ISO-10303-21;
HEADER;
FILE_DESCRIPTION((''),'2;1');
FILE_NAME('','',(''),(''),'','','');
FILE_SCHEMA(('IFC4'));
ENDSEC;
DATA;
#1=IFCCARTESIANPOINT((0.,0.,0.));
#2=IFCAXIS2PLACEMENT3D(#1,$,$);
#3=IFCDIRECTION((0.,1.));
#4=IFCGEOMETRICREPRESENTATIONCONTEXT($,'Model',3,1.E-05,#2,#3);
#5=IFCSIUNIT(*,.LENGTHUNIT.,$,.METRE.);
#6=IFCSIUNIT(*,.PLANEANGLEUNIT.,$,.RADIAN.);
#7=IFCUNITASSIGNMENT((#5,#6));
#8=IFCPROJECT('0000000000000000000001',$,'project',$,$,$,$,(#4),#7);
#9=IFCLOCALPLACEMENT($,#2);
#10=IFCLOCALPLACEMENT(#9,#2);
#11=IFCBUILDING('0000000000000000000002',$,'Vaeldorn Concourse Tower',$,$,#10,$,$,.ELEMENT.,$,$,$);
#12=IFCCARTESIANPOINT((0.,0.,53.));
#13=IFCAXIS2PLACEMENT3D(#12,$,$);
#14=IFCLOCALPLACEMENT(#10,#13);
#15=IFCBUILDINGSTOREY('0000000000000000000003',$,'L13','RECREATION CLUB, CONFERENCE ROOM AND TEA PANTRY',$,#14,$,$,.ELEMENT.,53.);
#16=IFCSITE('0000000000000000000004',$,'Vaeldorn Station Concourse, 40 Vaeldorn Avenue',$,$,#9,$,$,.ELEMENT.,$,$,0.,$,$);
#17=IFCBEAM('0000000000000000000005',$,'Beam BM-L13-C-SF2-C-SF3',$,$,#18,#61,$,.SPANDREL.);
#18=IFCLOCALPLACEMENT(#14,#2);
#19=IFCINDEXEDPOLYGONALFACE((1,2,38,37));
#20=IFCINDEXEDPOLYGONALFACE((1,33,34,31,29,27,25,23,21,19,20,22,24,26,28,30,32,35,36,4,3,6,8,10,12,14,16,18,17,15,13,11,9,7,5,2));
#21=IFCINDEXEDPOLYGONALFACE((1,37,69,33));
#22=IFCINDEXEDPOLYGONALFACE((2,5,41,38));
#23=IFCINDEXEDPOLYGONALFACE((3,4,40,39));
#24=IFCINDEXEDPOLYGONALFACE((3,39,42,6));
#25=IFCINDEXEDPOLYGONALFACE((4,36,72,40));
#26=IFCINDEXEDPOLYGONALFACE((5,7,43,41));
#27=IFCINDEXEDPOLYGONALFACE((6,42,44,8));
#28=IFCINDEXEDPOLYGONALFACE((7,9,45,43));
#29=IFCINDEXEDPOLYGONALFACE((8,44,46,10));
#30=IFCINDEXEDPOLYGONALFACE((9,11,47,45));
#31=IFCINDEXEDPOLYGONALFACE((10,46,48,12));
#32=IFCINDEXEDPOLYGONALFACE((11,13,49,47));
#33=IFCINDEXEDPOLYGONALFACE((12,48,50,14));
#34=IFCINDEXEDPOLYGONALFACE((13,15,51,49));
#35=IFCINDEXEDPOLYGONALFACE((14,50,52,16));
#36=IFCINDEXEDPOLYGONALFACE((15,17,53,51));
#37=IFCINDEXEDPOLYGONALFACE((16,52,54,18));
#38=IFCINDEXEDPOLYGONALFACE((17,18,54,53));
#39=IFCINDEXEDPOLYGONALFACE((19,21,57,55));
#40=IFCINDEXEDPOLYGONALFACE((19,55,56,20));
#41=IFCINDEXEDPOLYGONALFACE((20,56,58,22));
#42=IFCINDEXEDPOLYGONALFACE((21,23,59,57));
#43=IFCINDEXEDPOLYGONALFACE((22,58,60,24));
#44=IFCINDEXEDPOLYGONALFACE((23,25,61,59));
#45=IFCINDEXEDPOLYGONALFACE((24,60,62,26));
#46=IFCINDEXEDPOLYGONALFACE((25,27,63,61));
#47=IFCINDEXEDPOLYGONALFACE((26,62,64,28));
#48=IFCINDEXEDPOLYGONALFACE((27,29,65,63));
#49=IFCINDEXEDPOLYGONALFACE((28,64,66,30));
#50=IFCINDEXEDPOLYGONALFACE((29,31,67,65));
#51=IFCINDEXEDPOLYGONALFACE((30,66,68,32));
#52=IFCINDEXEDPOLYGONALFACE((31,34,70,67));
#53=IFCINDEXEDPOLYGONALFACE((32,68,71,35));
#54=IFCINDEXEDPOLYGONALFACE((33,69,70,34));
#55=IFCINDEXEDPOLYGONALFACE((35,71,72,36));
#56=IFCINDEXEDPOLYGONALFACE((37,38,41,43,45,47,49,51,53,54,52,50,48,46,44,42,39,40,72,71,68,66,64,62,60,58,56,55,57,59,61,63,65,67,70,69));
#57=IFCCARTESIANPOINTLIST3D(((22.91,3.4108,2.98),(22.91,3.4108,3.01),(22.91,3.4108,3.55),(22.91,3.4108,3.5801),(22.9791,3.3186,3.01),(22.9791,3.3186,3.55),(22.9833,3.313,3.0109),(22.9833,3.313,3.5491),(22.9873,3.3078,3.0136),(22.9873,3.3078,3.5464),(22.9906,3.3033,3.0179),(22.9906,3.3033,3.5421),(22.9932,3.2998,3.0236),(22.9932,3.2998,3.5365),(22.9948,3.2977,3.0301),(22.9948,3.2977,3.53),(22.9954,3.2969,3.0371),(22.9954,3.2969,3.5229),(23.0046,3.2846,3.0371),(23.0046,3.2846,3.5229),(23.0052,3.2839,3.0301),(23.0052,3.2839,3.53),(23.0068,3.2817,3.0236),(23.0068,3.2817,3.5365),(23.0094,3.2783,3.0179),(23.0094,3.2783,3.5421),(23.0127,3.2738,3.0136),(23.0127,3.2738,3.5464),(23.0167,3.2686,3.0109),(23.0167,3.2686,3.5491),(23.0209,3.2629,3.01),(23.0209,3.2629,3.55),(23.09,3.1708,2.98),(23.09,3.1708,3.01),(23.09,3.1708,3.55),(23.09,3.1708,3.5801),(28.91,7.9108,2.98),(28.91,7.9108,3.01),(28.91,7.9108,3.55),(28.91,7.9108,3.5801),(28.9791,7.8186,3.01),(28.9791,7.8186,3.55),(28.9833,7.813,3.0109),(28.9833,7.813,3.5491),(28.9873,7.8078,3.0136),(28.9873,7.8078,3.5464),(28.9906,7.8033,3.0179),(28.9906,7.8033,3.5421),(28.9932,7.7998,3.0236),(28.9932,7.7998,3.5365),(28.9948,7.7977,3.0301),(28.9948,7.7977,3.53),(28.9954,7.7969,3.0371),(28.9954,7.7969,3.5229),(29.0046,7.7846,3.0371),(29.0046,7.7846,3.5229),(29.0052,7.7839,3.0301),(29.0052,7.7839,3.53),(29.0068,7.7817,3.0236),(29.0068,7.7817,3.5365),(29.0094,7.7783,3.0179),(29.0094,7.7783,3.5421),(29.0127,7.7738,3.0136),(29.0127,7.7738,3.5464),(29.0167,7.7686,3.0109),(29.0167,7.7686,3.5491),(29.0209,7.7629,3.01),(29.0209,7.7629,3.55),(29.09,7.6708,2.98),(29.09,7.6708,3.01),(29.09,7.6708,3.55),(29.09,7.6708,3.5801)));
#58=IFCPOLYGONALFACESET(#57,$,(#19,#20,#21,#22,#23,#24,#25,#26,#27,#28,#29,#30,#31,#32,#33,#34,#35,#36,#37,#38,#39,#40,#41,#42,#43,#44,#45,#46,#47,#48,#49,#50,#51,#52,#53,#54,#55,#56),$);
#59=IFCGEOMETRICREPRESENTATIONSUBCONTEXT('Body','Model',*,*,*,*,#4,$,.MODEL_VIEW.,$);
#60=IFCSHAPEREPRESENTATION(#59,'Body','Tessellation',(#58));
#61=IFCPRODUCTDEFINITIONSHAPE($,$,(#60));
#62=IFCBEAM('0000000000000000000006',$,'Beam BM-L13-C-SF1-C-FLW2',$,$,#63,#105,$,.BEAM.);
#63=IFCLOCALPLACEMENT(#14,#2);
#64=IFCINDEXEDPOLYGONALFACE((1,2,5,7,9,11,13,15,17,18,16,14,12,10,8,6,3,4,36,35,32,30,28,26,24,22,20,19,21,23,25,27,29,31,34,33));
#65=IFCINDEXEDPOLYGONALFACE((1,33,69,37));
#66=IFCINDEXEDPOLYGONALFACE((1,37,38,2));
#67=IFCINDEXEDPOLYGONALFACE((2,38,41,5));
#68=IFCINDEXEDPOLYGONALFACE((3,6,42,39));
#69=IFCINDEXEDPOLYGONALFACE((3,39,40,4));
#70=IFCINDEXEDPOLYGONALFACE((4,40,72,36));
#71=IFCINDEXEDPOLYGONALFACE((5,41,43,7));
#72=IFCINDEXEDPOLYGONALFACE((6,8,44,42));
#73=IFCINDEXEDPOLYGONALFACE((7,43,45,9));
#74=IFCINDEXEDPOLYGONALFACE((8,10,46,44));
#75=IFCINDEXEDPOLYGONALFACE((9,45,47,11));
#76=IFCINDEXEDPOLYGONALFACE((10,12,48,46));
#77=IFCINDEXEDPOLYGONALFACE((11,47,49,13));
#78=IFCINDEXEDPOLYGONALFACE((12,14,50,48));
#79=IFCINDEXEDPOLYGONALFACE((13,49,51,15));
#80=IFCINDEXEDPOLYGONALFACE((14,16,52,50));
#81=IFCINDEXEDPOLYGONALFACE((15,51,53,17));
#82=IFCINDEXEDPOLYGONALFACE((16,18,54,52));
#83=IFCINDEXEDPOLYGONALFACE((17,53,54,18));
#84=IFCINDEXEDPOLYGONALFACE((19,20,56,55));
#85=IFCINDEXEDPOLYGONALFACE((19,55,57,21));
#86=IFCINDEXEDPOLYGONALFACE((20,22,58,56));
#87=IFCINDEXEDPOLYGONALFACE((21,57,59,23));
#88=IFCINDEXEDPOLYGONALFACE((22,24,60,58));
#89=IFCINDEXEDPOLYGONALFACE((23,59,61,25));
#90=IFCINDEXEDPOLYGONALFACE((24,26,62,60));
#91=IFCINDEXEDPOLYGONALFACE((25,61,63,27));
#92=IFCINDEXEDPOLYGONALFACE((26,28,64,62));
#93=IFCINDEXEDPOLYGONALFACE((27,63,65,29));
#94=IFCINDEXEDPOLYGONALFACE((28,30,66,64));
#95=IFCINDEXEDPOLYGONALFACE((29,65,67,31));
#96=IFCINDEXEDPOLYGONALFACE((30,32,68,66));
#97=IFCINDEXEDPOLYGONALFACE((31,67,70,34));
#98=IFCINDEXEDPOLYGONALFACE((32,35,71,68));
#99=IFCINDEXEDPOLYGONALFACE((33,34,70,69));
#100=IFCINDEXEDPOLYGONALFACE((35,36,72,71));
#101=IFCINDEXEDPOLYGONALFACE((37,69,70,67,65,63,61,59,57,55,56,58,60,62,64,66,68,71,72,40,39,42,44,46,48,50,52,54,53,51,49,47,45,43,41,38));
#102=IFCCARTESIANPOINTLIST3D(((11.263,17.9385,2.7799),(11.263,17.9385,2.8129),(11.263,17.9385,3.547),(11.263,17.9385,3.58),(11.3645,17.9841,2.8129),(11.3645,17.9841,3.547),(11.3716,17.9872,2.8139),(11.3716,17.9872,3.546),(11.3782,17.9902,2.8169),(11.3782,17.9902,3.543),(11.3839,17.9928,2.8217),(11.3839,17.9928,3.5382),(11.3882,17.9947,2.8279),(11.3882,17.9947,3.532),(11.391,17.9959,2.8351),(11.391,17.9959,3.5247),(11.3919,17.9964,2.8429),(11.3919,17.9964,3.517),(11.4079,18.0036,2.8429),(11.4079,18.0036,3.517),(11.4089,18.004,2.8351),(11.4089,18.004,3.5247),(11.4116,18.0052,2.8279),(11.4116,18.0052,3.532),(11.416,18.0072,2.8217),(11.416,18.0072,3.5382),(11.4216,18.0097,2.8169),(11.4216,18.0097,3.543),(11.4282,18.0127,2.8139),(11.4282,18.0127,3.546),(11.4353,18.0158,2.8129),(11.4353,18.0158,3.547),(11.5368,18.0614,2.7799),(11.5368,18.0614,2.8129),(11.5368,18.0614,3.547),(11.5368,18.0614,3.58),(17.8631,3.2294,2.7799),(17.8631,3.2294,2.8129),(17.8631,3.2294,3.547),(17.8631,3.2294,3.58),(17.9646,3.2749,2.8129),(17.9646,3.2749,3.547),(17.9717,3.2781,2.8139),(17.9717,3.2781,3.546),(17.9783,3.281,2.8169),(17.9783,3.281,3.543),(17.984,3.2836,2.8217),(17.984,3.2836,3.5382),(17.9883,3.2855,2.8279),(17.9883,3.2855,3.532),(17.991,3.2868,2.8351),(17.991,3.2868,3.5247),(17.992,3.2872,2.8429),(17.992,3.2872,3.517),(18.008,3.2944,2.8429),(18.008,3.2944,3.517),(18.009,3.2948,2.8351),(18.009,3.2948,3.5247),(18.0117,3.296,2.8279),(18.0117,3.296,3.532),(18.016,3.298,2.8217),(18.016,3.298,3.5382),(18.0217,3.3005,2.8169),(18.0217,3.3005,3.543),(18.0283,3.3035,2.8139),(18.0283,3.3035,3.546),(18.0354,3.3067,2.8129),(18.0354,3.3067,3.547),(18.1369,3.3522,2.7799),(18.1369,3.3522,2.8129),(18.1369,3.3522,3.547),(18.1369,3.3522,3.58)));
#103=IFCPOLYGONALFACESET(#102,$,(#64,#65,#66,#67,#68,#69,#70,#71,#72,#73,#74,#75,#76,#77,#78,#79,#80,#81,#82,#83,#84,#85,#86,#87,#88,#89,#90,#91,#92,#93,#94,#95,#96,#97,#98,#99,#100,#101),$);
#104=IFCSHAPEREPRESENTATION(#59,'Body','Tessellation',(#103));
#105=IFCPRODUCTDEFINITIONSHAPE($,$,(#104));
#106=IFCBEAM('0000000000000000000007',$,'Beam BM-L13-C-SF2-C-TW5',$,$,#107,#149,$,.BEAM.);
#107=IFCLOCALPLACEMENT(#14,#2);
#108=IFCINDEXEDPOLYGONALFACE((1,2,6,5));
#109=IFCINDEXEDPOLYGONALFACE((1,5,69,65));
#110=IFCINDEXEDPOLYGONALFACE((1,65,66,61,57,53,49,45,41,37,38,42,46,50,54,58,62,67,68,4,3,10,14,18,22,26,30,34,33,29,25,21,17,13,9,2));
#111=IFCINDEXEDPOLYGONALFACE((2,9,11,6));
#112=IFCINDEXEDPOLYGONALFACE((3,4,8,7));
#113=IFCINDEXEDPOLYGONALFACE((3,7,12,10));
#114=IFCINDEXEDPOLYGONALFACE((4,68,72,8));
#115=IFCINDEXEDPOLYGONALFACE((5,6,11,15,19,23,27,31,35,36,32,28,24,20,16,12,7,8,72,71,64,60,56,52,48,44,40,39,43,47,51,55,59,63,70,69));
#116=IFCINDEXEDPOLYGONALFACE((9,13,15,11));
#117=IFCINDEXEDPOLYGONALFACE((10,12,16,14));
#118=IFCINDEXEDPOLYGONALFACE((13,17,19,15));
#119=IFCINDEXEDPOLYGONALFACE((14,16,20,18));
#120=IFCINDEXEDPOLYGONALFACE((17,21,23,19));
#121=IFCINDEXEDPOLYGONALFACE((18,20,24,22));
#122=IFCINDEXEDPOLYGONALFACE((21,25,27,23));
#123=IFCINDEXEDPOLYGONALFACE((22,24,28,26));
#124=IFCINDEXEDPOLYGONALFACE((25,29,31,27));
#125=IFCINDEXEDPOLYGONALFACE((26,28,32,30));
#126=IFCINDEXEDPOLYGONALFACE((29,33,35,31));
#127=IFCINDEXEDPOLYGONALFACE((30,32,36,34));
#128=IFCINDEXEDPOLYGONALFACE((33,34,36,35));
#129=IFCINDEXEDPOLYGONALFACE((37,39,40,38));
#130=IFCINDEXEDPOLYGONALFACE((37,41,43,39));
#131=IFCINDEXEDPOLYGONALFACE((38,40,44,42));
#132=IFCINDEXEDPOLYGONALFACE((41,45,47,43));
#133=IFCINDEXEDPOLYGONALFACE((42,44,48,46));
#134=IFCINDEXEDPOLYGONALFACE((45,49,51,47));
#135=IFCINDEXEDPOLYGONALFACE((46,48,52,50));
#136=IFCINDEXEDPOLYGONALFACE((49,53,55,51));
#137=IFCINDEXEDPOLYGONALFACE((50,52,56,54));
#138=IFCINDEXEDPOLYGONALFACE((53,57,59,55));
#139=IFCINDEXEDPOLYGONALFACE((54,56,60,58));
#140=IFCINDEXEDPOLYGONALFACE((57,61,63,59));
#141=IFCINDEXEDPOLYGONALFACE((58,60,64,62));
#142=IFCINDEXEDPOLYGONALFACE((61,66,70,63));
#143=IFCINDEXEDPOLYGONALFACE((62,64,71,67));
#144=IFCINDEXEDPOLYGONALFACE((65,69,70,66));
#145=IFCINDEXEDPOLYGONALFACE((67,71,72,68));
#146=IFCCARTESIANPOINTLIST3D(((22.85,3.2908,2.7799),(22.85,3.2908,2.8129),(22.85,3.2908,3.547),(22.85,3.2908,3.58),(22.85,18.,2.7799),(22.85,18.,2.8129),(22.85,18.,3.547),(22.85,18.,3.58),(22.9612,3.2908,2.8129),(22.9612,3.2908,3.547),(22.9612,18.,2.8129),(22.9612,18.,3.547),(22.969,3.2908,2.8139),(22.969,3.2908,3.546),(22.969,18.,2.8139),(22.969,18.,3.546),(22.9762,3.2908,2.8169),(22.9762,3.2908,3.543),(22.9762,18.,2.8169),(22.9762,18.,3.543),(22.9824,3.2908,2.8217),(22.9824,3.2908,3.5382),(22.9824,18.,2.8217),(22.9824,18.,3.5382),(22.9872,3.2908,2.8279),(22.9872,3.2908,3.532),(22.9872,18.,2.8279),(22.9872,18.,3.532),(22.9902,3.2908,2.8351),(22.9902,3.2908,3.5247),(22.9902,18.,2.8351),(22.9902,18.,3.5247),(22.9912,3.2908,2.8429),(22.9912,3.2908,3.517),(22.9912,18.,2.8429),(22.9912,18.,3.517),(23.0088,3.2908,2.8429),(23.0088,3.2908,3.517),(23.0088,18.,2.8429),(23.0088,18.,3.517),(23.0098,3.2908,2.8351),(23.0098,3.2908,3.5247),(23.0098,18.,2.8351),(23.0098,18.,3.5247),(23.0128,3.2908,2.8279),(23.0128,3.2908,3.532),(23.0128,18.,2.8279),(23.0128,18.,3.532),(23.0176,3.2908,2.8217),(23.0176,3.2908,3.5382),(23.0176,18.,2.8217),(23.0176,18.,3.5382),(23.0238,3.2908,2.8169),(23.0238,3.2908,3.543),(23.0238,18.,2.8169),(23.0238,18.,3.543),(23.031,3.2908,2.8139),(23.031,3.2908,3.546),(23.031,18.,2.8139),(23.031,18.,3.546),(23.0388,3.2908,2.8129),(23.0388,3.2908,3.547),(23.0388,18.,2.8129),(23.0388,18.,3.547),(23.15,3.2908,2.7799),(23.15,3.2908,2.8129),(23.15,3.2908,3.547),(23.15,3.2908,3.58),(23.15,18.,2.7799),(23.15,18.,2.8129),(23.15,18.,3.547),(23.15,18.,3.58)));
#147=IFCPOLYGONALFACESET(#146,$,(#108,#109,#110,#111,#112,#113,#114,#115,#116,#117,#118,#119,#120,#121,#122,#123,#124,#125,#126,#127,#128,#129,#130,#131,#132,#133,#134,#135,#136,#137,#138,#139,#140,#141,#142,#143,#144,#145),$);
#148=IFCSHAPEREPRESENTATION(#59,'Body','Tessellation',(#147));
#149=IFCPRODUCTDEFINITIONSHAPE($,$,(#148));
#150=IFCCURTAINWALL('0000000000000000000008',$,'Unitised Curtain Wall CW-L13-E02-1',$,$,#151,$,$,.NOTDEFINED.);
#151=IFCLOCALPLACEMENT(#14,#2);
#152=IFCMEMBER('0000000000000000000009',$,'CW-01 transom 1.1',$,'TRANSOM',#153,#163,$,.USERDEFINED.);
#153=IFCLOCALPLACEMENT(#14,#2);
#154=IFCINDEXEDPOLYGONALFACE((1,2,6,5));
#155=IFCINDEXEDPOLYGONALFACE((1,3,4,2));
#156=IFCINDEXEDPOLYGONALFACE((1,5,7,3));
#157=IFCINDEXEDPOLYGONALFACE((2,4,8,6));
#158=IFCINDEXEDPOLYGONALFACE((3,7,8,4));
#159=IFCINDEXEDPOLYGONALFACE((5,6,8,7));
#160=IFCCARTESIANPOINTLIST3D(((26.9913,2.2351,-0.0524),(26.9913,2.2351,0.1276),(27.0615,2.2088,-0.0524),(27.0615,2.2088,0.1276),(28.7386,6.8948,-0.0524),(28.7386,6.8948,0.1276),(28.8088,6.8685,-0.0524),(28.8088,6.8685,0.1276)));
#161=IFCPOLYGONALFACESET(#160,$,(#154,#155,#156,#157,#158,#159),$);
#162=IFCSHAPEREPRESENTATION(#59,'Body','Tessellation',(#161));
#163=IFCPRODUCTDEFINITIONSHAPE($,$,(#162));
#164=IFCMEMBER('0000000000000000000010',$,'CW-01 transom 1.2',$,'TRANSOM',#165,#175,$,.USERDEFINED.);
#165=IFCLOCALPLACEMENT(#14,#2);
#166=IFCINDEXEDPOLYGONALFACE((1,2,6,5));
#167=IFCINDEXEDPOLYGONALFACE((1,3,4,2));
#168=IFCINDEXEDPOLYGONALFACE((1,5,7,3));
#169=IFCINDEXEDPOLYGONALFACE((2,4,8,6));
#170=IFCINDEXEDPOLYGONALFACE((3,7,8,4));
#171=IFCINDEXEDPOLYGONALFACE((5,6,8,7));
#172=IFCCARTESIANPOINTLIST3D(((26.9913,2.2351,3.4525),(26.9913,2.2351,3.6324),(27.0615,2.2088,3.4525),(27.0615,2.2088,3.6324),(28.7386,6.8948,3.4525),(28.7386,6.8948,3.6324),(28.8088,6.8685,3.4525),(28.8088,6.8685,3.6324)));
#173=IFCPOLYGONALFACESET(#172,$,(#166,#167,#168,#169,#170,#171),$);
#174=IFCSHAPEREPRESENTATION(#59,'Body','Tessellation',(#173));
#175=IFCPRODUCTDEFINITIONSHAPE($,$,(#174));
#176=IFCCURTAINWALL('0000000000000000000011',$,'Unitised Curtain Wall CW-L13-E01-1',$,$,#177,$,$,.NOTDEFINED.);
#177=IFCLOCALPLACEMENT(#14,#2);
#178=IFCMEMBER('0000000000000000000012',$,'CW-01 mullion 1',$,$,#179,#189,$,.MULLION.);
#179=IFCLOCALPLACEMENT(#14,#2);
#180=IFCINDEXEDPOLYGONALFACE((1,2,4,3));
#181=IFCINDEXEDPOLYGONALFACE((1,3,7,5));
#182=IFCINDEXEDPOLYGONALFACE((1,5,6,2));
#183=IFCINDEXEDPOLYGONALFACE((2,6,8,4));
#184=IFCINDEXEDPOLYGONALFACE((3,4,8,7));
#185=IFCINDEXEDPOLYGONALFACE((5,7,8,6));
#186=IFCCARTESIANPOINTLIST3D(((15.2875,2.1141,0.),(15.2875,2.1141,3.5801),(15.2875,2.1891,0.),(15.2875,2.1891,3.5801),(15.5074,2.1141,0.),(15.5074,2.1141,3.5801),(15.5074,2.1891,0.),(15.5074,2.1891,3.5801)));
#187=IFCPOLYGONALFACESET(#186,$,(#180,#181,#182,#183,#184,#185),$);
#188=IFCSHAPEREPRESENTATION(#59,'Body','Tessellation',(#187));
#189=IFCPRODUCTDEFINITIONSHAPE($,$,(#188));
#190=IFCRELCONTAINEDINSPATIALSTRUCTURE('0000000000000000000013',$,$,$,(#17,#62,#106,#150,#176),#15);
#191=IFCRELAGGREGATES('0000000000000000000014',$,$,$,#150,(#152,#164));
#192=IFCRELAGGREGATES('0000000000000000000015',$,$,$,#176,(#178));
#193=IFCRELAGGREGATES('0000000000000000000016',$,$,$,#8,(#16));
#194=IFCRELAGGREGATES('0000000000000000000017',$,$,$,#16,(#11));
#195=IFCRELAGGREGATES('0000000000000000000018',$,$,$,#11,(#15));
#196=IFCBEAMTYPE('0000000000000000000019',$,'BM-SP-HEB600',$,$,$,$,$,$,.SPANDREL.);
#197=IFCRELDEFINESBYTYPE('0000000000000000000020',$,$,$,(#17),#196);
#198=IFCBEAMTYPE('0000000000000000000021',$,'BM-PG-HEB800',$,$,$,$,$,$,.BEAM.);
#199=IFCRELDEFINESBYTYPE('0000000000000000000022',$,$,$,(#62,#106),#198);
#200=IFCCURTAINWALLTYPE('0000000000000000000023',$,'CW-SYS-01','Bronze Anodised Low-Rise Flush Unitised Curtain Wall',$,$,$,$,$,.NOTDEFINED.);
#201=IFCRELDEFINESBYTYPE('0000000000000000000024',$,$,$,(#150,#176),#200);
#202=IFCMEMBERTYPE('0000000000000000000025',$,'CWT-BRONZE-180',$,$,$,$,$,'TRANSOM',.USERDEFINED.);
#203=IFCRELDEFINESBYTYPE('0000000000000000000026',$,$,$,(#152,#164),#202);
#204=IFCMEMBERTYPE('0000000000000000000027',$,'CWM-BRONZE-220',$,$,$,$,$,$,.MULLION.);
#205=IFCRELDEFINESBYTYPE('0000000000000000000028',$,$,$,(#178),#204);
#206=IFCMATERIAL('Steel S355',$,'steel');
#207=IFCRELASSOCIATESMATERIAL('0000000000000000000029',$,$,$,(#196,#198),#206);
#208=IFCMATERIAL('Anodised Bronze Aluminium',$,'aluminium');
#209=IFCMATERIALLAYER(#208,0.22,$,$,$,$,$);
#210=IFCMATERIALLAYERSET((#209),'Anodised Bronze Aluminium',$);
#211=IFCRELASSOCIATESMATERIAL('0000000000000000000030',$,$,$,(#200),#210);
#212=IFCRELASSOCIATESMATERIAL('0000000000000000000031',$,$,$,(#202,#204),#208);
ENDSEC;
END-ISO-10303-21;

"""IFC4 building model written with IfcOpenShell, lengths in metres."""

from ifc_helpers import new_model, si_unit, direction, frame, origin, origin_2d, place, context, subcontext, project, spatial, rectangle, i_section, extrude, source, transform, mapped, material, layer, layer_set, material_profile, profile_set, type_object, element, aggregate, save


model = new_model("IFC4")

# Units and contexts
model_context = context("Model", 3, precision=1e-05, world=origin(), true_north=direction((0.0, 1.0)))
body_context = subcontext(model_context, "Body", "Model", "MODEL_VIEW")
ifc_project = project(units=[si_unit("LENGTHUNIT", "METRE"), si_unit("PLANEANGLEUNIT", "RADIAN")], contexts=[model_context])

# Site, building, storey
site_placement = place(None, origin())
site = spatial("IfcSite", under=ifc_project, at=site_placement, Name="Vaeldorn Station Concourse, 40 Vaeldorn Avenue", CompositionType="ELEMENT", RefElevation=0.0)
building_placement = place(site_placement, origin())
building = spatial("IfcBuilding", under=site, at=building_placement, Name="Vaeldorn Concourse Tower", CompositionType="ELEMENT")
storey_placement = place(building_placement, frame((0.0, 0.0, 53.0)))
storey = spatial("IfcBuildingStorey", under=building, at=storey_placement, Name="L13", Description="RECREATION CLUB, CONFERENCE ROOM AND TEA PANTRY", CompositionType="ELEMENT", Elevation=53.0)

# Beams
ifc_material_1 = material(Name="Steel S355", Category="steel")
ifc_material_profile_1 = material_profile(ifc_material_1, i_section(OverallWidth=0.3, OverallDepth=0.6001, WebThickness=0.0154, FlangeThickness=0.03, FilletRadius=0.0271, at=origin_2d()), Name="HEB 600")
ifc_profile_set_1 = profile_set([ifc_material_profile_1], Name="Steel S355")
beam_type_1 = type_object("IfcBeamType", Name="BM-SP-HEB600", PredefinedType="SPANDREL", material=ifc_profile_set_1)
shared_shape_1 = source(origin(), body_context, "Body", "SweptSolid", [
    extrude(i_section(OverallWidth=0.3, OverallDepth=0.6001, WebThickness=0.0154, FlangeThickness=0.03, FilletRadius=0.0271, at=origin_2d()), origin(), (0.0, 0.0, 1.0), 7.5),
])
beam_1_placement = place(storey_placement, frame((23.0, 3.2908, 3.28), z_axis=(0.8, 0.6, 0.0), x_axis=(-0.6, 0.8, 0.0)))
element("IfcBeam", 1, at=beam_1_placement, inside=storey, type_object=beam_type_1, Name="Beam BM-L13-C-SF2-C-SF3", PredefinedType="SPANDREL", context=body_context, shape_type="MappedRepresentation", body=[
    mapped(shared_shape_1, transform((0.0, 0.0, 0.0), scale=1.0)),
])
ifc_material_profile_2 = material_profile(ifc_material_1, i_section(OverallWidth=0.3, OverallDepth=0.8, WebThickness=0.0176, FlangeThickness=0.033, FilletRadius=0.03, at=origin_2d()), Name="HEB 800")
ifc_profile_set_2 = profile_set([ifc_material_profile_2], Name="Steel S355")
beam_type_2 = type_object("IfcBeamType", Name="BM-PG-HEB800", PredefinedType="BEAM", material=ifc_profile_set_2)
shared_shape_2 = source(origin(), body_context, "Body", "SweptSolid", [
    extrude(i_section(OverallWidth=0.3, OverallDepth=0.8, WebThickness=0.0176, FlangeThickness=0.033, FilletRadius=0.03, at=origin_2d()), origin(), (0.0, 0.0, 1.0), 16.1221),
])
beam_2_placement = place(storey_placement, frame((18.0, 3.2908, 3.1799), z_axis=(-0.409382, 0.912363, 0.0), x_axis=(-0.912363, -0.409382, 0.0)))
element("IfcBeam", 2, at=beam_2_placement, inside=storey, type_object=beam_type_2, Name="Beam BM-L13-C-SF1-C-FLW2", PredefinedType="BEAM", context=body_context, shape_type="MappedRepresentation", body=[
    mapped(shared_shape_2, transform((0.0, 0.0, 0.0), scale=1.0)),
])
shared_shape_3 = source(origin(), body_context, "Body", "SweptSolid", [
    extrude(i_section(OverallWidth=0.3, OverallDepth=0.8, WebThickness=0.0176, FlangeThickness=0.033, FilletRadius=0.03, at=origin_2d()), origin(), (0.0, 0.0, 1.0), 14.7092),
])
beam_3_placement = place(storey_placement, frame((23.0, 3.2908, 3.1799), z_axis=(0.0, 1.0, 0.0), x_axis=(-1.0, 0.0, 0.0)))
element("IfcBeam", 3, at=beam_3_placement, inside=storey, type_object=beam_type_2, Name="Beam BM-L13-C-SF2-C-TW5", PredefinedType="BEAM", context=body_context, shape_type="MappedRepresentation", body=[
    mapped(shared_shape_3, transform((0.0, 0.0, 0.0), scale=1.0)),
])

# Curtain walls, members
ifc_material_2 = material(Name="Anodised Bronze Aluminium", Category="aluminium")
ifc_layer_1 = layer(ifc_material_2, 0.22)
ifc_layer_set_1 = layer_set([ifc_layer_1], Name="Anodised Bronze Aluminium")
curtain_wall_type = type_object("IfcCurtainWallType", Name="CW-SYS-01", Description="Bronze Anodised Low-Rise Flush Unitised Curtain Wall", PredefinedType="NOTDEFINED", material=ifc_layer_set_1)
curtain_wall_1_placement = place(storey_placement, origin())
curtain_wall_1 = element("IfcCurtainWall", 4, at=curtain_wall_1_placement, inside=storey, type_object=curtain_wall_type, Name="Unitised Curtain Wall CW-L13-E02-1", PredefinedType="NOTDEFINED")
ifc_material_profile_3 = material_profile(ifc_material_2, rectangle(XDim=0.075, YDim=0.1799, at=origin_2d()), Name="CWT 75x180")
ifc_profile_set_3 = profile_set([ifc_material_profile_3], Name="Anodised Bronze Aluminium")
member_type_1 = type_object("IfcMemberType", Name="CWT-BRONZE-180", ElementType="TRANSOM", PredefinedType="USERDEFINED", material=ifc_profile_set_3)
shared_shape_4 = source(origin(), body_context, "Body", "SweptSolid", [
    extrude(rectangle(XDim=0.075, YDim=0.1799, at=origin_2d()), origin(), (0.0, 0.0, 1.0), 4.9766),
])
member_1_placement = place(storey_placement, frame((27.0264, 2.2219, 0.0376), z_axis=(0.351113, 0.936333, 0.0), x_axis=(-0.936333, 0.351113, 0.0)))
member_1 = element("IfcMember", 5, at=member_1_placement, type_object=member_type_1, Name="CW-01 transom 1.1", ObjectType="TRANSOM", PredefinedType="USERDEFINED", context=body_context, shape_type="MappedRepresentation", body=[
    mapped(shared_shape_4, transform((0.0, 0.0, 0.0), scale=1.0)),
])
member_2_placement = place(storey_placement, frame((27.0264, 2.2219, 3.5425), z_axis=(0.351113, 0.936333, 0.0), x_axis=(-0.936333, 0.351113, 0.0)))
member_2 = element("IfcMember", 6, at=member_2_placement, type_object=member_type_1, Name="CW-01 transom 1.2", ObjectType="TRANSOM", PredefinedType="USERDEFINED", context=body_context, shape_type="MappedRepresentation", body=[
    mapped(shared_shape_4, transform((0.0, 0.0, 0.0), scale=1.0)),
])
curtain_wall_2_placement = place(storey_placement, origin())
curtain_wall_2 = element("IfcCurtainWall", 7, at=curtain_wall_2_placement, inside=storey, type_object=curtain_wall_type, Name="Unitised Curtain Wall CW-L13-E01-1", PredefinedType="NOTDEFINED")
ifc_material_profile_4 = material_profile(ifc_material_2, rectangle(XDim=0.075, YDim=0.22, at=origin_2d()), Name="CWM 75x220")
ifc_profile_set_4 = profile_set([ifc_material_profile_4], Name="Anodised Bronze Aluminium")
member_type_2 = type_object("IfcMemberType", Name="CWM-BRONZE-220", PredefinedType="MULLION", material=ifc_profile_set_4)
shared_shape_5 = source(origin(), body_context, "Body", "SweptSolid", [
    extrude(rectangle(XDim=0.075, YDim=0.22, at=origin_2d()), origin(), (0.0, 0.0, 1.0), 3.5801),
])
member_3_placement = place(storey_placement, frame((15.3975, 2.1516, 0.0), z_axis=(0.0, 0.0, 1.0), x_axis=(0.0, 1.0, 0.0)))
member_3 = element("IfcMember", 8, at=member_3_placement, type_object=member_type_2, Name="CW-01 mullion 1", PredefinedType="MULLION", context=body_context, shape_type="MappedRepresentation", body=[
    mapped(shared_shape_5, transform((0.0, 0.0, 0.0), scale=1.0)),
])

aggregate(curtain_wall_1, [member_1, member_2])

aggregate(curtain_wall_2, [member_3])

save(model, "model.ifc")
